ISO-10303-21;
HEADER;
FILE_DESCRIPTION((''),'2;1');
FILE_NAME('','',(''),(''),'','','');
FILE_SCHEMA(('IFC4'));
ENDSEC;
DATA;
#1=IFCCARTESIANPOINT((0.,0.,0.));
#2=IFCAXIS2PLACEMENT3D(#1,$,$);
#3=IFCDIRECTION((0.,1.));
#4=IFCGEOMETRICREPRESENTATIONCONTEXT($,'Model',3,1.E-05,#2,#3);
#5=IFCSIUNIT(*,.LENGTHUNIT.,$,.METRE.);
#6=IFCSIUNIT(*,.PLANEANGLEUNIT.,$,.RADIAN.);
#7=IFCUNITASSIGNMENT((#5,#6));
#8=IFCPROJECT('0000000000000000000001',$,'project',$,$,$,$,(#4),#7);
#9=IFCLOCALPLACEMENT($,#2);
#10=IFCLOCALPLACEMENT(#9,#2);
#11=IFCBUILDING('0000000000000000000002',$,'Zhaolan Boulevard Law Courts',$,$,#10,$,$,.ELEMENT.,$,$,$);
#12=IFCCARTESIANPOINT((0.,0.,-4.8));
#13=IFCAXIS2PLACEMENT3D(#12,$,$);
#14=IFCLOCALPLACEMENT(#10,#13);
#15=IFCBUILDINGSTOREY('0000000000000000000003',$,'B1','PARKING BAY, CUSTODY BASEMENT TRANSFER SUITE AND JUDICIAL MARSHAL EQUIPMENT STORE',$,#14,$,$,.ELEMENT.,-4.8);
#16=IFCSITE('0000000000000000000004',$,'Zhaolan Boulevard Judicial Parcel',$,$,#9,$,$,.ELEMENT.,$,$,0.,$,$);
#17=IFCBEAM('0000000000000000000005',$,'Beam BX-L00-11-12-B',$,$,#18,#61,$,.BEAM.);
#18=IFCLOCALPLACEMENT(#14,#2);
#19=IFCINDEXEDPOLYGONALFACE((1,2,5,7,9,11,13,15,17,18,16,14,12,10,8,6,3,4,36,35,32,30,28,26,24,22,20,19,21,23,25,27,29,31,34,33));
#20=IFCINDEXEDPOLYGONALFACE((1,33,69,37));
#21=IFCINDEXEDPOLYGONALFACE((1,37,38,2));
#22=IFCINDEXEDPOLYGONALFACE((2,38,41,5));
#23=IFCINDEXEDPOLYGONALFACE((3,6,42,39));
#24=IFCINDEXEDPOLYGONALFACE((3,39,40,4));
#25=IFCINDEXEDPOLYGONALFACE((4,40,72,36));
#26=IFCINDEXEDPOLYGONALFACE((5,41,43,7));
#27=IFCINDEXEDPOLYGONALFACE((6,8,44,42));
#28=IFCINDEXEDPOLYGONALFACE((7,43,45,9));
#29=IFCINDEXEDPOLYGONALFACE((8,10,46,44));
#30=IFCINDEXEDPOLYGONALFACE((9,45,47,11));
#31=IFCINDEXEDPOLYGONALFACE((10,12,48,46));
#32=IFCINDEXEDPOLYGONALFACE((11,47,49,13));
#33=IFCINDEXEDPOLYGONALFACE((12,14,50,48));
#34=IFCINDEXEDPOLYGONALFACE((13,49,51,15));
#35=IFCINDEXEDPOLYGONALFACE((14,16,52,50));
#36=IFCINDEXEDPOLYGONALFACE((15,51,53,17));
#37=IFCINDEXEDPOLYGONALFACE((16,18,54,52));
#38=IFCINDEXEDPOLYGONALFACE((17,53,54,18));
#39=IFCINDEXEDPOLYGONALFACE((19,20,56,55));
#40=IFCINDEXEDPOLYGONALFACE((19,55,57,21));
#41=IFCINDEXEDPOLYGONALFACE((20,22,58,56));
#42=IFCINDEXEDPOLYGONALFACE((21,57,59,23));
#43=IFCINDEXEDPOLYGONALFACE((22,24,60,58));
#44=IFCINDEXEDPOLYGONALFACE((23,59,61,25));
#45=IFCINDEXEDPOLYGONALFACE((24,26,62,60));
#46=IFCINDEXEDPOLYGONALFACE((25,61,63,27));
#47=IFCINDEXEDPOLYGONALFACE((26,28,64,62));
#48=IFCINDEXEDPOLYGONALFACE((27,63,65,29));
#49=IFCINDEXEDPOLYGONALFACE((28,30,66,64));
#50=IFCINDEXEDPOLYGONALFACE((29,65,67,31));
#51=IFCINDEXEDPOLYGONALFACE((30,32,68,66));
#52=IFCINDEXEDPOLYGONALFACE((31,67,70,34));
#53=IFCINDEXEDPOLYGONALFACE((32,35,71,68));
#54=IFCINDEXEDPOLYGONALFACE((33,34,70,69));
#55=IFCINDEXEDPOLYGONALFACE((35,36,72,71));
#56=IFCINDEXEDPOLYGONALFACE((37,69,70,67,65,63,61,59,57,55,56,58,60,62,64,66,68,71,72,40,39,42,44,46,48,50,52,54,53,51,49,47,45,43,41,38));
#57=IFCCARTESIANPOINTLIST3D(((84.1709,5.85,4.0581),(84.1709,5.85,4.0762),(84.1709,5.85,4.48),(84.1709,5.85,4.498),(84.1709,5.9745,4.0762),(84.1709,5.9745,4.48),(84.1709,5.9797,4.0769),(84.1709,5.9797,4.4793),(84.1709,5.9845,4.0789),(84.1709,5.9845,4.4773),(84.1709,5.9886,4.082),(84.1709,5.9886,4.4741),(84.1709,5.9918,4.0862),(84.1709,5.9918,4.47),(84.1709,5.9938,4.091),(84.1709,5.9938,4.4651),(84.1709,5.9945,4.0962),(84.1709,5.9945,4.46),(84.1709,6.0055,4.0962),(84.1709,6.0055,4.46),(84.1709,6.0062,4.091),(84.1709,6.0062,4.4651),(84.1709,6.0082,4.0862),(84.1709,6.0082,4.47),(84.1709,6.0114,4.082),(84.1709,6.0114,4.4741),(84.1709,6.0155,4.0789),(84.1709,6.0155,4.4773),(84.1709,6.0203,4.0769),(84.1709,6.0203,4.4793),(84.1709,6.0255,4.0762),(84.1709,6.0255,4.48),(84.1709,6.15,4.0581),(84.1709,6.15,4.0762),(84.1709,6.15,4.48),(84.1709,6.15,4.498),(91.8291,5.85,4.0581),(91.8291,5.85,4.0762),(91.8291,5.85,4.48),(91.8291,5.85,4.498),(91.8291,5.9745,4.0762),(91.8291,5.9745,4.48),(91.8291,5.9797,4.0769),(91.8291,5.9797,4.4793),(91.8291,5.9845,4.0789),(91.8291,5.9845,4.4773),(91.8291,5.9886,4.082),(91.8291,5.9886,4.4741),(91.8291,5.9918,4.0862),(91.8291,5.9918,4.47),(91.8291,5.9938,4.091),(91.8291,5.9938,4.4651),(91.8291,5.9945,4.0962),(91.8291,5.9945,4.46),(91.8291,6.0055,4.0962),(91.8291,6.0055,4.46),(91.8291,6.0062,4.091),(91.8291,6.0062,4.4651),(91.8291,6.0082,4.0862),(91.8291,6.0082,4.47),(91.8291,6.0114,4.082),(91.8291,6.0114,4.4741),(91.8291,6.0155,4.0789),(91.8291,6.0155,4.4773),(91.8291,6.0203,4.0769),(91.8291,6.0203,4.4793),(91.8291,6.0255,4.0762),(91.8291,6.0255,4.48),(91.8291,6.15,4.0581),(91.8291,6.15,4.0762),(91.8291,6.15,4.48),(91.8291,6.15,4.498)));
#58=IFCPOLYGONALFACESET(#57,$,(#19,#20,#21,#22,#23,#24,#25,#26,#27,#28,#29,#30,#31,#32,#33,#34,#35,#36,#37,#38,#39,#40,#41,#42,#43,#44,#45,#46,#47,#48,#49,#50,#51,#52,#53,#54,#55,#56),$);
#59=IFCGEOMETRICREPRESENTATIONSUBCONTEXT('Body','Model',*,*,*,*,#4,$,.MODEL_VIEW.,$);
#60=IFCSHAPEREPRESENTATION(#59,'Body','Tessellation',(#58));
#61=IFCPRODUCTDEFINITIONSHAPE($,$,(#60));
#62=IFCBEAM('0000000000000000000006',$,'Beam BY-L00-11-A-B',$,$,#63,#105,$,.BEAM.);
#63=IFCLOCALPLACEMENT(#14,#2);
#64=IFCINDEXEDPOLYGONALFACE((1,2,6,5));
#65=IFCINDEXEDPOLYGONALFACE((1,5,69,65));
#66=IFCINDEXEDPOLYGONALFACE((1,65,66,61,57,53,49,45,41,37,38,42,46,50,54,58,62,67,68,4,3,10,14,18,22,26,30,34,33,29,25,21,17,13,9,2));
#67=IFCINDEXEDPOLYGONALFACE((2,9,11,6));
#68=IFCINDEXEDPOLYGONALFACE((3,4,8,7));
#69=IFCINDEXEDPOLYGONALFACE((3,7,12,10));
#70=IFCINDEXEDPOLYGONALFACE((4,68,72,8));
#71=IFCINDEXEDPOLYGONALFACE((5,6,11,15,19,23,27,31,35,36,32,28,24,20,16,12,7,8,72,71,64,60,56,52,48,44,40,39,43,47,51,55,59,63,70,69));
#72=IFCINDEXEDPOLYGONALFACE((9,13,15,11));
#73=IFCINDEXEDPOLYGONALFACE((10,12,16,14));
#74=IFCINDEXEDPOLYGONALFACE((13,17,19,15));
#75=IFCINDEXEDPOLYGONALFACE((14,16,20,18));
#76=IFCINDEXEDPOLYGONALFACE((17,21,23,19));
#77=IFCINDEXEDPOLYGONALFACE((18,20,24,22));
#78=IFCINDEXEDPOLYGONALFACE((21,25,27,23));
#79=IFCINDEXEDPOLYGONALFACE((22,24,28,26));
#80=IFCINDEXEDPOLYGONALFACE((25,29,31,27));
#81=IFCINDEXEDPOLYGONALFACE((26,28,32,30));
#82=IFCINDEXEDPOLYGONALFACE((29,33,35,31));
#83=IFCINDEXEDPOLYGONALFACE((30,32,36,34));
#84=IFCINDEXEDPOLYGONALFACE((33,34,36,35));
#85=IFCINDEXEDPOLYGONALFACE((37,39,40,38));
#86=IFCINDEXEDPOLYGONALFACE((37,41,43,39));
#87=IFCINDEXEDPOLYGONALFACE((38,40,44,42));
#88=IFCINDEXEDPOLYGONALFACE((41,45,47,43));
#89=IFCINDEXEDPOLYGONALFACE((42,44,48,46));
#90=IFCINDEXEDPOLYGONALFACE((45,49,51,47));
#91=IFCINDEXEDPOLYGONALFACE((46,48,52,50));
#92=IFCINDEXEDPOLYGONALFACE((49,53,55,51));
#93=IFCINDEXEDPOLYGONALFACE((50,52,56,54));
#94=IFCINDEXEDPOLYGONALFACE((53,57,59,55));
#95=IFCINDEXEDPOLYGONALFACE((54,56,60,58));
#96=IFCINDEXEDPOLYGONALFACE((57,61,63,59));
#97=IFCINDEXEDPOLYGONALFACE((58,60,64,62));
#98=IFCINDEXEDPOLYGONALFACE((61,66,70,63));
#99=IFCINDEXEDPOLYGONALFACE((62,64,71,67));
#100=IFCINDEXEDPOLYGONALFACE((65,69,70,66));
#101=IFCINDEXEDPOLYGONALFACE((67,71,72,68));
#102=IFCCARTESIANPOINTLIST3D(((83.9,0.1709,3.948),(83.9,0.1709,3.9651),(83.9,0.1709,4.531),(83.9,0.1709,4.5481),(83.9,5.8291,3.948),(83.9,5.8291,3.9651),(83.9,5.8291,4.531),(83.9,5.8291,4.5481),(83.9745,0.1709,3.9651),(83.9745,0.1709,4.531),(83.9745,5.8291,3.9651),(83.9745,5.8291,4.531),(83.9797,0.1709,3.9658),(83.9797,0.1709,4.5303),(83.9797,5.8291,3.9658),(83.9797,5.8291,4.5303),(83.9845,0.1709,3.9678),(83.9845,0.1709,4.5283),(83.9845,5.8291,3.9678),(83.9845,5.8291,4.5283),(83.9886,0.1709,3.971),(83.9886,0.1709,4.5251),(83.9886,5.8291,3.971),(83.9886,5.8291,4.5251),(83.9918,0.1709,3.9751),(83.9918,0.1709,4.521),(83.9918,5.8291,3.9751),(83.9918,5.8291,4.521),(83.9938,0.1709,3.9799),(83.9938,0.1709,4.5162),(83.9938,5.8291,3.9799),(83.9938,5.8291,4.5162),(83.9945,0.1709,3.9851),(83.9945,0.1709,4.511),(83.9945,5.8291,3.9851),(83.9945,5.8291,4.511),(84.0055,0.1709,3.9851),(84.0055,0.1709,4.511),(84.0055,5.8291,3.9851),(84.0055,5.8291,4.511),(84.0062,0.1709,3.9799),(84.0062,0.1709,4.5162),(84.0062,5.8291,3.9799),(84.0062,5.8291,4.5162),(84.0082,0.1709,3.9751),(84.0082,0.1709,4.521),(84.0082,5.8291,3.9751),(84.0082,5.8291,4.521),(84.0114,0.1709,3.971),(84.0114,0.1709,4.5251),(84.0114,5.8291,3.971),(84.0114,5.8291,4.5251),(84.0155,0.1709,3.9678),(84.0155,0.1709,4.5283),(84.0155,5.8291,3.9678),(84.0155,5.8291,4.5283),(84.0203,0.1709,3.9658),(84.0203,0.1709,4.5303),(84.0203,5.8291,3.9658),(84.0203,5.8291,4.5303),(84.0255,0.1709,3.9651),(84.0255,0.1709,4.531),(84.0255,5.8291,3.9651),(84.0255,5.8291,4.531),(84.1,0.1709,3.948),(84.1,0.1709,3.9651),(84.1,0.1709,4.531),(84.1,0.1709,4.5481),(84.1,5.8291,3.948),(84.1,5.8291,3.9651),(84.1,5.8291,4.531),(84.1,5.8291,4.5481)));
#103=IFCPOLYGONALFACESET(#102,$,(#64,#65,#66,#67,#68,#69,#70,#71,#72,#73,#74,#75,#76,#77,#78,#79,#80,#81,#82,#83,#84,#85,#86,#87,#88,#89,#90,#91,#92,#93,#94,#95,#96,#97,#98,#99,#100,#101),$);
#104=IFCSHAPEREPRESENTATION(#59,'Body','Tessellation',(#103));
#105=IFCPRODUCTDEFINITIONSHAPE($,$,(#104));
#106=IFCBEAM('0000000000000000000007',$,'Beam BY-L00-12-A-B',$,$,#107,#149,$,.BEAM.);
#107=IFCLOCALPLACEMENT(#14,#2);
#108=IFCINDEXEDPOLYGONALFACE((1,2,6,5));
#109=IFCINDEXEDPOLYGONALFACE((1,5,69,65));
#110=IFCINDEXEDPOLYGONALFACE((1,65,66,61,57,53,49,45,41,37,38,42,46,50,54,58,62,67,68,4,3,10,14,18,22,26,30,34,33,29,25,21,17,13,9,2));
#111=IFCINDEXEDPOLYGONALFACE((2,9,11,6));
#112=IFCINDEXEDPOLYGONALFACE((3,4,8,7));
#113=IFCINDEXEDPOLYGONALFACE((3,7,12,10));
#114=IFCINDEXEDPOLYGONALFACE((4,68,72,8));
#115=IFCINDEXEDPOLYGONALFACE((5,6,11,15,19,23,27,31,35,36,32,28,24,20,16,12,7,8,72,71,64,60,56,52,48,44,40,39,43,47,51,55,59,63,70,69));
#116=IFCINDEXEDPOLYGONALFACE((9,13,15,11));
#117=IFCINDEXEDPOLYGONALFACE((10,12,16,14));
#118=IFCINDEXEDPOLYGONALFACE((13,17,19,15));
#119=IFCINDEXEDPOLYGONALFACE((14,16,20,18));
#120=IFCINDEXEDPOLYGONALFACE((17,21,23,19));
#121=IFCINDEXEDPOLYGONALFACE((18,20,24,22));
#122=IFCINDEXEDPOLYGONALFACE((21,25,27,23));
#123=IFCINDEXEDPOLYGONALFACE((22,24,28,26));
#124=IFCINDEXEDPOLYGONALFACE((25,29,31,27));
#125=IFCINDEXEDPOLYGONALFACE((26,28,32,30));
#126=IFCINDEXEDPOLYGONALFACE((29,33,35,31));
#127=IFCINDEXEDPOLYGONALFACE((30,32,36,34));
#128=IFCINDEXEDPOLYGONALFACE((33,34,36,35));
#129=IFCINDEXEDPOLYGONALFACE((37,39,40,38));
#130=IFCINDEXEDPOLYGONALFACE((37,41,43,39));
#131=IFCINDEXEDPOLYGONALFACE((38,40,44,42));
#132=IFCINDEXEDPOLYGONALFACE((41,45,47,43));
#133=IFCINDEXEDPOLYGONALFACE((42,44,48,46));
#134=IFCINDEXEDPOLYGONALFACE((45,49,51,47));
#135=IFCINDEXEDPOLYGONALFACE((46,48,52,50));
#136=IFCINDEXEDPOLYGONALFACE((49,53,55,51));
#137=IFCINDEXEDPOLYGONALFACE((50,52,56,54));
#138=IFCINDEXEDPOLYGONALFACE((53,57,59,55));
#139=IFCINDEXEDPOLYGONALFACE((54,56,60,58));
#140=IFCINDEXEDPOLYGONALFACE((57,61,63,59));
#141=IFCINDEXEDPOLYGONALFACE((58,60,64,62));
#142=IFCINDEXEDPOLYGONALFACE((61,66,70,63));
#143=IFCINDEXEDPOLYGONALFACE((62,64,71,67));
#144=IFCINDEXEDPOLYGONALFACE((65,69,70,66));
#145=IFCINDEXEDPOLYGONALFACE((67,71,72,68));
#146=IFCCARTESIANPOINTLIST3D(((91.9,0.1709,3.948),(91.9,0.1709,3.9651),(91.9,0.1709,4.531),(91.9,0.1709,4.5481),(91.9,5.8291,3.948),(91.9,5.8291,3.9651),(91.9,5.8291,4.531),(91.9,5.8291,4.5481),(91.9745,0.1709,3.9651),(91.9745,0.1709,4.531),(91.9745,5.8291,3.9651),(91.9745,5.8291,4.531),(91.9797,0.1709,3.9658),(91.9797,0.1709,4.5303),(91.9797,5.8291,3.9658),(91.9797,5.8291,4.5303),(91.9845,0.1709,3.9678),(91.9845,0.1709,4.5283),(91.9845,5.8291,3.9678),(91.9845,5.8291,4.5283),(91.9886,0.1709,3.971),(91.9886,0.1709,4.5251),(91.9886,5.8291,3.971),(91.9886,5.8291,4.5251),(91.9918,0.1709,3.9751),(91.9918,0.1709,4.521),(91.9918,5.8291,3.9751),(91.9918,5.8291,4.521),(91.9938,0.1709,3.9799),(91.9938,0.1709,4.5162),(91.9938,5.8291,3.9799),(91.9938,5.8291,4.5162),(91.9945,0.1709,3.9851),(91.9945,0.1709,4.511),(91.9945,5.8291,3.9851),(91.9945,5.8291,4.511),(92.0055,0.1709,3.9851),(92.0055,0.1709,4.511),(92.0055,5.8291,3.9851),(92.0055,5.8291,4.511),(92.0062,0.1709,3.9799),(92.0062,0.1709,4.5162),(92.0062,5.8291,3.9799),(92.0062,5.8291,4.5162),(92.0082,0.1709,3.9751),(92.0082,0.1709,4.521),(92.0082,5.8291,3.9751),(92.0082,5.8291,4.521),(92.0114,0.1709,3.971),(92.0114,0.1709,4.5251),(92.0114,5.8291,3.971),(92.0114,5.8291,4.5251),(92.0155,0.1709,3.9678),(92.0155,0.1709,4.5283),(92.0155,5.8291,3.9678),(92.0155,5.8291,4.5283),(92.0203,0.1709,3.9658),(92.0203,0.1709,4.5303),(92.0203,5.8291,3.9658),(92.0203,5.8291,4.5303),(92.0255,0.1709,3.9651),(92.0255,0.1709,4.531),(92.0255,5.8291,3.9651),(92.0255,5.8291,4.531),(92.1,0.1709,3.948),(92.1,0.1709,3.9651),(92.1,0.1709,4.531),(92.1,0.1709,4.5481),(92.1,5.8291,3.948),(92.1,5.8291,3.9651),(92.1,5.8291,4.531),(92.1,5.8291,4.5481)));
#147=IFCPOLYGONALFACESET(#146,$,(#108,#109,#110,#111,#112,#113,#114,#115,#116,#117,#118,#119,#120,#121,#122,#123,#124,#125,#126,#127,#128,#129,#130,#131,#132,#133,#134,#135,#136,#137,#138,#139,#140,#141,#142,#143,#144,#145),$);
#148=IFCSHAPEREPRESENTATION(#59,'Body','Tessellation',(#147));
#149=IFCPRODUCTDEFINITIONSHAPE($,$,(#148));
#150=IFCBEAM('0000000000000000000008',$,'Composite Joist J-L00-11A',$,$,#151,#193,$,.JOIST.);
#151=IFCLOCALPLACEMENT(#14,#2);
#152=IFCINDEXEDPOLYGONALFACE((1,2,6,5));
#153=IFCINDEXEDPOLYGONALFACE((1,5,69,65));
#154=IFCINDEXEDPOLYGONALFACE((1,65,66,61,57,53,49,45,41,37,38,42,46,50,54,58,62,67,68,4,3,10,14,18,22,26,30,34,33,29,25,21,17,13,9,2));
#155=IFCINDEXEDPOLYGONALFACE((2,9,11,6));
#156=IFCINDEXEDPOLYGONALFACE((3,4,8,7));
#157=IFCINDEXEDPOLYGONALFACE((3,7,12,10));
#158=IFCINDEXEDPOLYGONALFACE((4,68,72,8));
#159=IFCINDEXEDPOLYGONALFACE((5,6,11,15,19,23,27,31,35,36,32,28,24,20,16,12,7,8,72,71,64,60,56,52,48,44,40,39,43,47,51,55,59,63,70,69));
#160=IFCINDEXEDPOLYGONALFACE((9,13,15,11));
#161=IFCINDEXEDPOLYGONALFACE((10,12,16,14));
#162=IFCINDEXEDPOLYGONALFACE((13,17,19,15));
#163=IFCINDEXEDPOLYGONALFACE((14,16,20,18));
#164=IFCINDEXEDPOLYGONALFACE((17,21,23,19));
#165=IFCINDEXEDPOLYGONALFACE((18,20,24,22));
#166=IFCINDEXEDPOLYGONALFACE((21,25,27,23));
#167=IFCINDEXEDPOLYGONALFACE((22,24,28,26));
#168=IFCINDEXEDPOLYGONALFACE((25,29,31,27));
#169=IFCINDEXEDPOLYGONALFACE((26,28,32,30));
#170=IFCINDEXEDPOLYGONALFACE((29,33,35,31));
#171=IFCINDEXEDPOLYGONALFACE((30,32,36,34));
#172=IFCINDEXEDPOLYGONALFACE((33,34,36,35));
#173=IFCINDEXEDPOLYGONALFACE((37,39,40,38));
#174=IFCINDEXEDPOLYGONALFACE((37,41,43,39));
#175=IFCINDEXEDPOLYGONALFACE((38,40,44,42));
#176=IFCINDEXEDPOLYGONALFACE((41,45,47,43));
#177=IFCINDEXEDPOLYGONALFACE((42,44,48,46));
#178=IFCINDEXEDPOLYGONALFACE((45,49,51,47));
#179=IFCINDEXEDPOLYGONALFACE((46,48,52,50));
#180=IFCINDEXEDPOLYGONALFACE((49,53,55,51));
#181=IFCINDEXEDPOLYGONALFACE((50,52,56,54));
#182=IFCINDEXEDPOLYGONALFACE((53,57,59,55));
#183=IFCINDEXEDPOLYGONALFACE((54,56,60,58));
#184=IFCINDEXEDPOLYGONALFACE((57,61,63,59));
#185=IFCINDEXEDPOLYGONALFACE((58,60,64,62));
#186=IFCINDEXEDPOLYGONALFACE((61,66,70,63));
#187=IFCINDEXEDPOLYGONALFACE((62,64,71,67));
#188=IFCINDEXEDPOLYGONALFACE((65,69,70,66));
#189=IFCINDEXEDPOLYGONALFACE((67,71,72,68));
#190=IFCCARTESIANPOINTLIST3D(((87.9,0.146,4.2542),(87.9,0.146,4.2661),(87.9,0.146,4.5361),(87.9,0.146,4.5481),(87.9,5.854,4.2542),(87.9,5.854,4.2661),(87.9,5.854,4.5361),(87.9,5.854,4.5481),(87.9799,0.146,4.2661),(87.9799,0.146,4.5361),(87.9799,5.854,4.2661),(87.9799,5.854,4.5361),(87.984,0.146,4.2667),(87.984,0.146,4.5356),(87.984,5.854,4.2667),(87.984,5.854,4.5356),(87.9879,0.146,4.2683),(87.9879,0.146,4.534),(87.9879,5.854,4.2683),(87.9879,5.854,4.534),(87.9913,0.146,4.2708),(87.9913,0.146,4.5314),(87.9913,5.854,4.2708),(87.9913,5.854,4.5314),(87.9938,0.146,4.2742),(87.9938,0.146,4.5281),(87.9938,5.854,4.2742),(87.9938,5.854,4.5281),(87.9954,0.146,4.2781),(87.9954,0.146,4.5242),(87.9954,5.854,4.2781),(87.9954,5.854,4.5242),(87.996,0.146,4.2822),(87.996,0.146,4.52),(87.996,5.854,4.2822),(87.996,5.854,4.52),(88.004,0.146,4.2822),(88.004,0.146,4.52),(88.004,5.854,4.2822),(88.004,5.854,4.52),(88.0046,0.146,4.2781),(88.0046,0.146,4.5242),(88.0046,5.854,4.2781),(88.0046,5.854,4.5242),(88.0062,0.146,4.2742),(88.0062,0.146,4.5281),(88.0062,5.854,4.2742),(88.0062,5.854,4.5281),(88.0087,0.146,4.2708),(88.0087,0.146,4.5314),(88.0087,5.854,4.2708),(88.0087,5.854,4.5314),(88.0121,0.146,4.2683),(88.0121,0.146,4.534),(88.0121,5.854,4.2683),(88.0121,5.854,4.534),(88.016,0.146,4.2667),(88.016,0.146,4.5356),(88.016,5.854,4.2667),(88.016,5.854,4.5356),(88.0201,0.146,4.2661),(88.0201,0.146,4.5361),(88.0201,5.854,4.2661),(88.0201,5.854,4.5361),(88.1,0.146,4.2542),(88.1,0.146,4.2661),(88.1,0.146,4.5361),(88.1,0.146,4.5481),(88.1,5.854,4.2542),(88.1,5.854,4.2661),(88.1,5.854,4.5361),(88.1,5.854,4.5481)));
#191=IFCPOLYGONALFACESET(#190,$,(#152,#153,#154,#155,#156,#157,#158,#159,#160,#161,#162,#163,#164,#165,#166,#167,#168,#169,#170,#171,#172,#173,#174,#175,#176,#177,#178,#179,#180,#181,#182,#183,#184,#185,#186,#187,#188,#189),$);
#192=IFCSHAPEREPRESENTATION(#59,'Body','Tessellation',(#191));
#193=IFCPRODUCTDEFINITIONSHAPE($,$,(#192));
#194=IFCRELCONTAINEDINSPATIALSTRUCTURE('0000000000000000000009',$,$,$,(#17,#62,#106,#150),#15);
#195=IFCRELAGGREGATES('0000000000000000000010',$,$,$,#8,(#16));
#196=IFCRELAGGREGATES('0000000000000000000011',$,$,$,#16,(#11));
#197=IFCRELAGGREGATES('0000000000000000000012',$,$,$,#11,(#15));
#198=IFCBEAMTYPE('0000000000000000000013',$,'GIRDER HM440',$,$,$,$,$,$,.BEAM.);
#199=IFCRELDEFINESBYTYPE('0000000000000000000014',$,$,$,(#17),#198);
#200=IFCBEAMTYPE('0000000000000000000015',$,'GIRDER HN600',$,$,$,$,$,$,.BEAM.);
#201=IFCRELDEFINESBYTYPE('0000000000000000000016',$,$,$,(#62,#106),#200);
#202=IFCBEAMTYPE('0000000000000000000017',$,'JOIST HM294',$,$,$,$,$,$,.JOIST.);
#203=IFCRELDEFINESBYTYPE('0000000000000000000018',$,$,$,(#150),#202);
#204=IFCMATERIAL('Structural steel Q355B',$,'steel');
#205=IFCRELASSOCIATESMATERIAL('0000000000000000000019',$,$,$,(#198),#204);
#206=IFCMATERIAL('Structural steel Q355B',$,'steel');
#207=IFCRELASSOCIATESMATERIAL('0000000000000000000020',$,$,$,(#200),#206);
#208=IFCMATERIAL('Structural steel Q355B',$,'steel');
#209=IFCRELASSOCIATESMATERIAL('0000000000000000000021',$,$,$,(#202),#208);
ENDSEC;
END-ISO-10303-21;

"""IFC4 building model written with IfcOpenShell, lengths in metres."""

from ifc_helpers import new_model, si_unit, direction, frame, origin, origin_2d, place, context, subcontext, project, spatial, i_section, extrude, material, material_profile, profile_set, type_object, element, save


model = new_model("IFC4")

# Units and contexts
model_context = context("Model", 3, precision=1e-05, world=origin(), true_north=direction((0.0, 1.0)))
body_context = subcontext(model_context, "Body", "Model", "MODEL_VIEW")
ifc_project = project(units=[si_unit("LENGTHUNIT", "METRE"), si_unit("PLANEANGLEUNIT", "RADIAN")], contexts=[model_context])

# Site, building, storey
site_placement = place(None, origin())
site = spatial("IfcSite", under=ifc_project, at=site_placement, Name="Zhaolan Boulevard Judicial Parcel", CompositionType="ELEMENT", RefElevation=0.0)
building_placement = place(site_placement, origin())
building = spatial("IfcBuilding", under=site, at=building_placement, Name="Zhaolan Boulevard Law Courts", CompositionType="ELEMENT")
storey_placement = place(building_placement, frame((0.0, 0.0, -4.8)))
storey = spatial("IfcBuildingStorey", under=building, at=storey_placement, Name="B1", Description="PARKING BAY, CUSTODY BASEMENT TRANSFER SUITE AND JUDICIAL MARSHAL EQUIPMENT STORE", CompositionType="ELEMENT", Elevation=-4.8)

# Beams
ifc_material_1 = material(Name="Structural steel Q355B", Category="steel")
ifc_material_profile_1 = material_profile(ifc_material_1, i_section(OverallWidth=0.3, OverallDepth=0.4399, WebThickness=0.011, FlangeThickness=0.0181, FilletRadius=0.02, at=origin_2d()), Name="HM440x300")
ifc_profile_set_1 = profile_set([ifc_material_profile_1], Name="Structural steel Q355B")
beam_type_1 = type_object("IfcBeamType", Name="GIRDER HM440", PredefinedType="BEAM", material=ifc_profile_set_1)
for number, where, z_axis, x_axis, name in (
    (1, (84.1709, 6.0, 4.2781), (1.0, 0.0, 0.0), (0.0, 1.0, 0.0), "Beam BX-L00-11-12-B"),
):
    element("IfcBeam", number, at=place(storey_placement, frame(where, z_axis=z_axis, x_axis=x_axis)), inside=storey, type_object=beam_type_1, Name=name, PredefinedType="BEAM", context=body_context, shape_type="SweptSolid", body=[
        extrude(i_section(OverallWidth=0.3, OverallDepth=0.4399, WebThickness=0.011, FlangeThickness=0.0181, FilletRadius=0.02, at=origin_2d()), origin(), (0.0, 0.0, 1.0), 7.6582),
    ])
ifc_material_2 = material(Name="Structural steel Q355B", Category="steel")
ifc_material_profile_2 = material_profile(ifc_material_2, i_section(OverallWidth=0.2, OverallDepth=0.6001, WebThickness=0.011, FlangeThickness=0.0171, FilletRadius=0.02, at=origin_2d()), Name="HN600x200")
ifc_profile_set_2 = profile_set([ifc_material_profile_2], Name="Structural steel Q355B")
beam_type_2 = type_object("IfcBeamType", Name="GIRDER HN600", PredefinedType="BEAM", material=ifc_profile_set_2)
for number, where, z_axis, x_axis, name in (
    (2, (84.0, 0.1709, 4.248), (0.0, 1.0, 0.0), (-1.0, 0.0, 0.0), "Beam BY-L00-11-A-B"),
    (3, (92.0, 0.1709, 4.248), (0.0, 1.0, 0.0), (-1.0, 0.0, 0.0), "Beam BY-L00-12-A-B"),
):
    element("IfcBeam", number, at=place(storey_placement, frame(where, z_axis=z_axis, x_axis=x_axis)), inside=storey, type_object=beam_type_2, Name=name, PredefinedType="BEAM", context=body_context, shape_type="SweptSolid", body=[
        extrude(i_section(OverallWidth=0.2, OverallDepth=0.6001, WebThickness=0.011, FlangeThickness=0.0171, FilletRadius=0.02, at=origin_2d()), origin(), (0.0, 0.0, 1.0), 5.6582),
    ])
ifc_material_3 = material(Name="Structural steel Q355B", Category="steel")
ifc_material_profile_3 = material_profile(ifc_material_3, i_section(OverallWidth=0.2, OverallDepth=0.2939, WebThickness=0.0081, FlangeThickness=0.012, FilletRadius=0.0161, at=origin_2d()), Name="HM294x200")
ifc_profile_set_3 = profile_set([ifc_material_profile_3], Name="Structural steel Q355B")
beam_type_3 = type_object("IfcBeamType", Name="JOIST HM294", PredefinedType="JOIST", material=ifc_profile_set_3)
beam_placement = place(storey_placement, frame((88.0, 0.146, 4.4011), z_axis=(0.0, 1.0, 0.0), x_axis=(-1.0, 0.0, 0.0)))
element("IfcBeam", 4, at=beam_placement, inside=storey, type_object=beam_type_3, Name="Composite Joist J-L00-11A", PredefinedType="JOIST", context=body_context, shape_type="SweptSolid", body=[
    extrude(i_section(OverallWidth=0.2, OverallDepth=0.2939, WebThickness=0.0081, FlangeThickness=0.012, FilletRadius=0.0161, at=origin_2d()), origin(), (0.0, 0.0, 1.0), 5.708),
])

save(model, "model.ifc")
